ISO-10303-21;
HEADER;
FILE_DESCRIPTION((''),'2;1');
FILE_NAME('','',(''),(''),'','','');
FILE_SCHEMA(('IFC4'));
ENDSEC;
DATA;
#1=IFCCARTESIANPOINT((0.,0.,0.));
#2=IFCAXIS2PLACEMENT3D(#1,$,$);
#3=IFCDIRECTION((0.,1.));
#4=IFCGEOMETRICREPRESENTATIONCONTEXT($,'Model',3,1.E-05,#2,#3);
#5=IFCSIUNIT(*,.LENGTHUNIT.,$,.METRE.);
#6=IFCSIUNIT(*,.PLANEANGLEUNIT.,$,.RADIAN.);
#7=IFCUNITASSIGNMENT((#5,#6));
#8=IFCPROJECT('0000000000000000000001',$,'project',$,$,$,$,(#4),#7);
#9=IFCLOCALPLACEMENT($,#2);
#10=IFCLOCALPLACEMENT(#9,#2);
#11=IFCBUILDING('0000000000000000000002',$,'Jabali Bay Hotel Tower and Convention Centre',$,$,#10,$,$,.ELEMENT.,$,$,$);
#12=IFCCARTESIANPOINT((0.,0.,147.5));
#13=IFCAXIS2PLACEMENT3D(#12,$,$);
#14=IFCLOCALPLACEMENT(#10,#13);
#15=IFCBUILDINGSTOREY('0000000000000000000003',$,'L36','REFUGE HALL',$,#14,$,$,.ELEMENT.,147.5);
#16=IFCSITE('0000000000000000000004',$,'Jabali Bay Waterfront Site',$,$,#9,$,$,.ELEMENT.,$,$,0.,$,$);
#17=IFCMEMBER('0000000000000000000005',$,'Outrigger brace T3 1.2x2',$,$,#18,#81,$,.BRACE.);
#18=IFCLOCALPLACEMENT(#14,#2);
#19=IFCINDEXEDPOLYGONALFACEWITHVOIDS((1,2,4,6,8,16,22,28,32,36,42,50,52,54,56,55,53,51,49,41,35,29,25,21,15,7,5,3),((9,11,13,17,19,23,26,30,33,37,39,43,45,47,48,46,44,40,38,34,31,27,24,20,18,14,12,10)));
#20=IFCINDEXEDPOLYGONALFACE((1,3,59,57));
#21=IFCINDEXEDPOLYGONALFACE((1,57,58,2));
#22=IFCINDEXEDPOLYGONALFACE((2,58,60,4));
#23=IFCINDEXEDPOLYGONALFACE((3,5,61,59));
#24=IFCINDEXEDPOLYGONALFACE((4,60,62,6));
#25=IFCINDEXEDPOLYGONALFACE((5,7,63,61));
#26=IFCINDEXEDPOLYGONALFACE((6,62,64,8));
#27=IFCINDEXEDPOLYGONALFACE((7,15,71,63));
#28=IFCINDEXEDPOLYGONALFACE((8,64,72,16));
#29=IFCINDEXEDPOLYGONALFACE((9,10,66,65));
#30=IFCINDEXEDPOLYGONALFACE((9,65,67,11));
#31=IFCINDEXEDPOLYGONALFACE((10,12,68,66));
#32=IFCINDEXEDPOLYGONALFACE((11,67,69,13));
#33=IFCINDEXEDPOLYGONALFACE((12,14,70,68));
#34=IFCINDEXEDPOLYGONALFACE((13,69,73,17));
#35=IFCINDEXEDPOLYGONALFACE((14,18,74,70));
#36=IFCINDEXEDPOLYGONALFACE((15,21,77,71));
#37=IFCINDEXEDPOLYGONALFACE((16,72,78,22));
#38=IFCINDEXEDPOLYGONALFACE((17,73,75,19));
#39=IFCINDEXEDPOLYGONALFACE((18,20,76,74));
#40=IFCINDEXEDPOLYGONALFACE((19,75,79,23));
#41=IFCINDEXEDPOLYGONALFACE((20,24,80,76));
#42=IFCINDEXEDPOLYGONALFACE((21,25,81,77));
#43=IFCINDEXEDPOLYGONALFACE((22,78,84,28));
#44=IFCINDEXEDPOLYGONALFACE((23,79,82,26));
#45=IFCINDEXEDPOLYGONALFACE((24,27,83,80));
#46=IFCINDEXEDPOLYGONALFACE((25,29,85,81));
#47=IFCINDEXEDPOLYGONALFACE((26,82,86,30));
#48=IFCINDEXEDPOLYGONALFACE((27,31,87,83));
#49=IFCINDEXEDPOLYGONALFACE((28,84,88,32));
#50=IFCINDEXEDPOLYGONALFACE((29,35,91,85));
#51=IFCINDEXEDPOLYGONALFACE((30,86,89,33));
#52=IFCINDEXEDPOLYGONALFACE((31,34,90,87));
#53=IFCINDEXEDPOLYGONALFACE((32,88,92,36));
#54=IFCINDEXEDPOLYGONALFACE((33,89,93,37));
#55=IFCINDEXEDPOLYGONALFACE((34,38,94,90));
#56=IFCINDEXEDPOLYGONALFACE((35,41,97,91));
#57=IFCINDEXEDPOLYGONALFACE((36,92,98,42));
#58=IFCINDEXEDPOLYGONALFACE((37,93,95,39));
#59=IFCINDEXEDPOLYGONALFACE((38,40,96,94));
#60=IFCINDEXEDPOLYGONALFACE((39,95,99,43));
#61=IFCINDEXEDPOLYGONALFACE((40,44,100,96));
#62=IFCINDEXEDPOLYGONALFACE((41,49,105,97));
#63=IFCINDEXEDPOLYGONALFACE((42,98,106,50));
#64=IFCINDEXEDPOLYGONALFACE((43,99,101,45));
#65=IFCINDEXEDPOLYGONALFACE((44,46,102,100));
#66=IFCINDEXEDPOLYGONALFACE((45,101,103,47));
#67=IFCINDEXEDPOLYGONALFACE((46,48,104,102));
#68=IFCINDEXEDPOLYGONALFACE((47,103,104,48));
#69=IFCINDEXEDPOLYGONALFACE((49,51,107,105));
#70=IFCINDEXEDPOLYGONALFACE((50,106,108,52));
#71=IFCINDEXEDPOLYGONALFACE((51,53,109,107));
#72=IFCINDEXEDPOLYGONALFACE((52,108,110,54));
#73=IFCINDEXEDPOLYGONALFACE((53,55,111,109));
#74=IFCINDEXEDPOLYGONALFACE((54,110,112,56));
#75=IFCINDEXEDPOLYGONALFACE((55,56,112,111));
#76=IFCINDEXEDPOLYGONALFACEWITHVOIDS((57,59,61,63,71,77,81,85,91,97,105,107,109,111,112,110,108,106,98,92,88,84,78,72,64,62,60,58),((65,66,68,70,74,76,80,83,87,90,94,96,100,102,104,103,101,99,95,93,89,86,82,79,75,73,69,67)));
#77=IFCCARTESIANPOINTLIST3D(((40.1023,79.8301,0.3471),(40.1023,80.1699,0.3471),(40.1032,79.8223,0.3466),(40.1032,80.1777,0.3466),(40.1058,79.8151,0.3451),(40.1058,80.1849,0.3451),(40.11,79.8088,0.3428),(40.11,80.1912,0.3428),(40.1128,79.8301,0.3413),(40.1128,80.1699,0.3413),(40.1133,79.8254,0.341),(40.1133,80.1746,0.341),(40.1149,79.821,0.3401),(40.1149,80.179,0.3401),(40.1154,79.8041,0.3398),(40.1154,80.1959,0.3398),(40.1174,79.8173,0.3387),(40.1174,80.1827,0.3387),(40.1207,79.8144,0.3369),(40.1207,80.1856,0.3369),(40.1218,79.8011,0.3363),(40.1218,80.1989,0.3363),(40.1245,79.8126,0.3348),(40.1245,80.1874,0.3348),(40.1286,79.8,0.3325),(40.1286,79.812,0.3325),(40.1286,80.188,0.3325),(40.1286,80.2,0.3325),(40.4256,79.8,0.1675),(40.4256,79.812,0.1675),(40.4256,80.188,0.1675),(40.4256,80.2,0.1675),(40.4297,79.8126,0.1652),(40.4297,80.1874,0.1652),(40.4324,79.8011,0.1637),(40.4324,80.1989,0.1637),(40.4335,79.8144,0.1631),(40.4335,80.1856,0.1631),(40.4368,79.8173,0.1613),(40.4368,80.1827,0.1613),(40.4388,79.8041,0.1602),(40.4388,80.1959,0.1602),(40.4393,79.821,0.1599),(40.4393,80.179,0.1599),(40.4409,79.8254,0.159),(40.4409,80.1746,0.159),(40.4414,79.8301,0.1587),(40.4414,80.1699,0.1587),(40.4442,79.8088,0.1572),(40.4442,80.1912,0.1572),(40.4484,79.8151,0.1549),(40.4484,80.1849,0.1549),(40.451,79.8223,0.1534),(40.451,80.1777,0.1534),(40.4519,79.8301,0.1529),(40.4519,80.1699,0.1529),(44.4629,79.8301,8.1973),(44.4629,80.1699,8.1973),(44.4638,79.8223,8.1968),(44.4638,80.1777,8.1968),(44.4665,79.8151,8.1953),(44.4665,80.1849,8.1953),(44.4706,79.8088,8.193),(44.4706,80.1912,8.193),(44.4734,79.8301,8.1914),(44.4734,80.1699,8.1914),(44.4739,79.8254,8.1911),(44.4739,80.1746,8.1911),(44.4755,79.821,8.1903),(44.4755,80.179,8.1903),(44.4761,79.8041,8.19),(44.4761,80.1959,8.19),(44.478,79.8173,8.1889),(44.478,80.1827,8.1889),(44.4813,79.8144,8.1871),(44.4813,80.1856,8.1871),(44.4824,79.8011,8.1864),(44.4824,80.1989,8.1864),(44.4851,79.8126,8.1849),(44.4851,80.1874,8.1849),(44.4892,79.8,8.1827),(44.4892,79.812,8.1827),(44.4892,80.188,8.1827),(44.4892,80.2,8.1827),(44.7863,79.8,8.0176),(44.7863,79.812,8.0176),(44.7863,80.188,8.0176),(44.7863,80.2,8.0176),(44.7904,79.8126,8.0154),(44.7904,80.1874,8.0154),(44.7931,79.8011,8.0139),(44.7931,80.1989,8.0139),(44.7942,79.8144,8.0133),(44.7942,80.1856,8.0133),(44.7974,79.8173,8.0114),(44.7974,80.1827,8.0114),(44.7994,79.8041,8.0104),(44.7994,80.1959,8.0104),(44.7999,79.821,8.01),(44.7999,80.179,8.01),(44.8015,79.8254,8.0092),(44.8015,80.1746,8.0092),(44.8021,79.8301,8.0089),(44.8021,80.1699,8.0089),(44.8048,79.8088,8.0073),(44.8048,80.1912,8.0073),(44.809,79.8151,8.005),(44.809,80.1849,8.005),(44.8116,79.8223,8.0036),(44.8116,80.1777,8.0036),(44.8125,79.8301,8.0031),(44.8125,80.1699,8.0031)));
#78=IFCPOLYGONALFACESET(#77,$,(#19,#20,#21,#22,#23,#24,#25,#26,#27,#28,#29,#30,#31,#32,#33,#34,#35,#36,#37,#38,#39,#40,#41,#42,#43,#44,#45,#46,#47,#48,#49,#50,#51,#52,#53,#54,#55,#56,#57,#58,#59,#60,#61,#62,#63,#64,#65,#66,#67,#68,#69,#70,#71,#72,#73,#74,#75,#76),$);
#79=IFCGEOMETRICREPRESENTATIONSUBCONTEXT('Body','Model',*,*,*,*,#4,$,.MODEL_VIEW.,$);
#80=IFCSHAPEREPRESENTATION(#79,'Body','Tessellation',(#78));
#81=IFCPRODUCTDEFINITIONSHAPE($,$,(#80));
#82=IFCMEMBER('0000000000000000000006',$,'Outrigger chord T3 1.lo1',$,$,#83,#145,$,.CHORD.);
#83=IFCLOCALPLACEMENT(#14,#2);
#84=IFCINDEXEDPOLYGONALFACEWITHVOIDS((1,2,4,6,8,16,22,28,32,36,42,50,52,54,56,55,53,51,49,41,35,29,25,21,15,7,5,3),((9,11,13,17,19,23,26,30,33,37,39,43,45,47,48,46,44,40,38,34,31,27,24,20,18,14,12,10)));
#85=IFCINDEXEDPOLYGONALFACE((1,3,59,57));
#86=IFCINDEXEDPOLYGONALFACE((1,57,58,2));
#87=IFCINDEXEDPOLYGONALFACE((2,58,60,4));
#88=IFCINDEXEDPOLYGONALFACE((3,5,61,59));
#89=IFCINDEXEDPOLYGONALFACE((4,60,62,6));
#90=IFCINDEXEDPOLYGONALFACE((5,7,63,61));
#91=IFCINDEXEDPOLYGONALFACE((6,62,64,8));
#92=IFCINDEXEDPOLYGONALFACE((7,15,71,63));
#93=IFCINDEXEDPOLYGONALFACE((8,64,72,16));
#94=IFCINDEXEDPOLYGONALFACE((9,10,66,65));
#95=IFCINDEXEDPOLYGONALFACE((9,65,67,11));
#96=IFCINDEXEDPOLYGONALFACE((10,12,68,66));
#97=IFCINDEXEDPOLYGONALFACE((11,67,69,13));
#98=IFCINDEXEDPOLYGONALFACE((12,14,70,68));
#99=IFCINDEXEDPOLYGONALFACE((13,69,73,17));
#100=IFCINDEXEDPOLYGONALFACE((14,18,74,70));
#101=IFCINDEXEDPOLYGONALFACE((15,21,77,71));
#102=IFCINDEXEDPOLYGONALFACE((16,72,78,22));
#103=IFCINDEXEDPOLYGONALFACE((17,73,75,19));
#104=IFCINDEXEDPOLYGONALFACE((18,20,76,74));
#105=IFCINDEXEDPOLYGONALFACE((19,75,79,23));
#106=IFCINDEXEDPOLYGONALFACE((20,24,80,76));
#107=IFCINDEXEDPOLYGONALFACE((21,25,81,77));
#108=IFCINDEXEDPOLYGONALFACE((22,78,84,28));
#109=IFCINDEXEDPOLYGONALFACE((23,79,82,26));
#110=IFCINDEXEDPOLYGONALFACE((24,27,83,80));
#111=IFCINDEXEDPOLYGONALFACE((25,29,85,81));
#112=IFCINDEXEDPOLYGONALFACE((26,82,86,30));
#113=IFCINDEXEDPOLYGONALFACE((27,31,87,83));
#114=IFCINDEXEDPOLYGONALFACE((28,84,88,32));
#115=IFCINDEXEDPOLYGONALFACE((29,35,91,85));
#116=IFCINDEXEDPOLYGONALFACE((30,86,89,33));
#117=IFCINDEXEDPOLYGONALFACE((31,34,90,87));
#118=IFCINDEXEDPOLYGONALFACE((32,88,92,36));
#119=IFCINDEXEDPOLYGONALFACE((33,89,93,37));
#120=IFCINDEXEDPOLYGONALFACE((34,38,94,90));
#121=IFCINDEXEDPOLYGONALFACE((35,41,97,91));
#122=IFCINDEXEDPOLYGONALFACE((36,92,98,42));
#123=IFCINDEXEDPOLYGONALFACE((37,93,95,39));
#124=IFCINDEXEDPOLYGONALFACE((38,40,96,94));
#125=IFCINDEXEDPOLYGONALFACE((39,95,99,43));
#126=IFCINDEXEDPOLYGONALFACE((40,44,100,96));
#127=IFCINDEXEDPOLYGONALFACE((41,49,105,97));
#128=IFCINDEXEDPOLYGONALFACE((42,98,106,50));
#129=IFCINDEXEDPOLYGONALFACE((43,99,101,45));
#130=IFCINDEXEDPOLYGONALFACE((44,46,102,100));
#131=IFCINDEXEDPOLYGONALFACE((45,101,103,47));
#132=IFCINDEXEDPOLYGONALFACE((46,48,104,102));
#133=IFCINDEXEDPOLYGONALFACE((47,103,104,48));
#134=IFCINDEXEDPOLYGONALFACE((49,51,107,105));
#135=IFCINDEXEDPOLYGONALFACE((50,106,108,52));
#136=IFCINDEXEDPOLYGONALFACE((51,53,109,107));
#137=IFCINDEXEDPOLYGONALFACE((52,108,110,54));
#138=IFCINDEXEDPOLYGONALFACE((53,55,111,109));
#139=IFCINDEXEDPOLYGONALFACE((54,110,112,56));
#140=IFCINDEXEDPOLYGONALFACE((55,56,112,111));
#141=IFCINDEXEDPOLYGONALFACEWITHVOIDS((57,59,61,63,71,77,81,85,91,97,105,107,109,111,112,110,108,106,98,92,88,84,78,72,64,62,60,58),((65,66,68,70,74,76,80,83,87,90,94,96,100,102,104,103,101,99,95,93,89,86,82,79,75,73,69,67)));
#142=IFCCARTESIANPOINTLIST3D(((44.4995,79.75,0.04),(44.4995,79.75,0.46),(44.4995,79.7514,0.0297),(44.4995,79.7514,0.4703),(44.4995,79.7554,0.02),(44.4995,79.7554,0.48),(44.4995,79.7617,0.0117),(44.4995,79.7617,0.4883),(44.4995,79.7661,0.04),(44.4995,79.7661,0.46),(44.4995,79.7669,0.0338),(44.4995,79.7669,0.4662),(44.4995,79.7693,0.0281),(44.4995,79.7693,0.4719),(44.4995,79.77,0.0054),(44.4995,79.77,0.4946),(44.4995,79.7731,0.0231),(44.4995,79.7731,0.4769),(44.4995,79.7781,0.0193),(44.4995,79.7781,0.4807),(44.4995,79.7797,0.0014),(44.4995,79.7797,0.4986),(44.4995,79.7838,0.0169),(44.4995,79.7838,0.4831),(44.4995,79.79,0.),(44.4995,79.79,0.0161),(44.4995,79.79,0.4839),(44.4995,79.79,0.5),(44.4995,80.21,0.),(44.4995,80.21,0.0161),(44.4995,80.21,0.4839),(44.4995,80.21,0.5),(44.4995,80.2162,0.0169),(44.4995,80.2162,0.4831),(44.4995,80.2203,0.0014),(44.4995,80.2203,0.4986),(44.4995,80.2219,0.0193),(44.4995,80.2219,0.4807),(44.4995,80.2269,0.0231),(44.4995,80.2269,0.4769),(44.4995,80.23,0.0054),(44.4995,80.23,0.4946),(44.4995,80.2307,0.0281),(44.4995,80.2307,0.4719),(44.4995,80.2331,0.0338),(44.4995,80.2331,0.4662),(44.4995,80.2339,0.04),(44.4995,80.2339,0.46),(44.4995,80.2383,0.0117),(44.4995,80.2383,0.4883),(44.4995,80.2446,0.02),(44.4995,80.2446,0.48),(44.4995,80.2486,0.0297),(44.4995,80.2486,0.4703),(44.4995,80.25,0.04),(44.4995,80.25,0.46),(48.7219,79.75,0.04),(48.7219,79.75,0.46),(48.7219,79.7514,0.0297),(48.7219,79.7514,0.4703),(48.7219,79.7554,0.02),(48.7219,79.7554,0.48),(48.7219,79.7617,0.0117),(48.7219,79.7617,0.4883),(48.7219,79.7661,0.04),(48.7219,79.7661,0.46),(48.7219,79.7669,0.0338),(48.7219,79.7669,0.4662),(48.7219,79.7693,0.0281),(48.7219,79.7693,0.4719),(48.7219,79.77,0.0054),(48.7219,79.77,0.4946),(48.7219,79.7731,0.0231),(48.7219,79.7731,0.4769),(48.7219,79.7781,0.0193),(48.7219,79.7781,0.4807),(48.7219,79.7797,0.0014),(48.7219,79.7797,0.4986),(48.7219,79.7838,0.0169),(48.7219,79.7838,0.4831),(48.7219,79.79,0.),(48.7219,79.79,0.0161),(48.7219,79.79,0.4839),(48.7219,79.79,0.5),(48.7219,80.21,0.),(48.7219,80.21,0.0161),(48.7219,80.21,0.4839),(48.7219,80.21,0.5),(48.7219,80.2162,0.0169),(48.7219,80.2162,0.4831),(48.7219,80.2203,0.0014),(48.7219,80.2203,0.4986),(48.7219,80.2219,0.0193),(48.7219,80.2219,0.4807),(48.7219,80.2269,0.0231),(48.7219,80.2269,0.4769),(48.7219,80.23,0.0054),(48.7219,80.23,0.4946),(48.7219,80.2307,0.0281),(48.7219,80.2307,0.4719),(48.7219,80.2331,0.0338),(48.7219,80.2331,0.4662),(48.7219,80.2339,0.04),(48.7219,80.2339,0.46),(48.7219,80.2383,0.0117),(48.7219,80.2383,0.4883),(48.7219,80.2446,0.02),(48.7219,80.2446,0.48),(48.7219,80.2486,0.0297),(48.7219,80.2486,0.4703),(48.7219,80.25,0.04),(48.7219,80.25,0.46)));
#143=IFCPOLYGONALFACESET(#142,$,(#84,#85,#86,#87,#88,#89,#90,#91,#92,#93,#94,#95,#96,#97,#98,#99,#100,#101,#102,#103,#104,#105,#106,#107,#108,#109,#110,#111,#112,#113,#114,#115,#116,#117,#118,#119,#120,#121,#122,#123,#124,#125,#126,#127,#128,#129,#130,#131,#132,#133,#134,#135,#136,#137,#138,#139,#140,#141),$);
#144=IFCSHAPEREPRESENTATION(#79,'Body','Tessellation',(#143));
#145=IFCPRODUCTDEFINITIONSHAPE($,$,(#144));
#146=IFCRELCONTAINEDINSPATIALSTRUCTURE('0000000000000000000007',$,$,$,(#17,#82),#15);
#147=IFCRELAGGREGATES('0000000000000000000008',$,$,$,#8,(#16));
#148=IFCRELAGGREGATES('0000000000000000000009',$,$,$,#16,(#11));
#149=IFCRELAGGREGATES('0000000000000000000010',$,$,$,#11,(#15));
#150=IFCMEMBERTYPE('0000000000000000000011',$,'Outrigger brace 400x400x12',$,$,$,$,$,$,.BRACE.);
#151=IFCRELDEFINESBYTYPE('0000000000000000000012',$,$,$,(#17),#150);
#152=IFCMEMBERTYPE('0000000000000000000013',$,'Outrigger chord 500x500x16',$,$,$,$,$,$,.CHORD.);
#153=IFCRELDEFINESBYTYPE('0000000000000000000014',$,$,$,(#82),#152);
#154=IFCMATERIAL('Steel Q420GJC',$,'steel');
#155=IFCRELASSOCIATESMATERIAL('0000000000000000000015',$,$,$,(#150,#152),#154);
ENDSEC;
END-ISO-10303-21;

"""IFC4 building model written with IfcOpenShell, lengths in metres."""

from ifc_helpers import new_model, si_unit, direction, frame, origin, origin_2d, place, context, subcontext, project, spatial, hollow_rectangle, extrude, material, material_profile, profile_set, type_object, element, save


model = new_model("IFC4")

# Units and contexts
model_context = context("Model", 3, precision=1e-05, world=origin(), true_north=direction((0.0, 1.0)))
body_context = subcontext(model_context, "Body", "Model", "MODEL_VIEW")
ifc_project = project(units=[si_unit("LENGTHUNIT", "METRE"), si_unit("PLANEANGLEUNIT", "RADIAN")], contexts=[model_context])

# Site, building, storey
site_placement = place(None, origin())
site = spatial("IfcSite", under=ifc_project, at=site_placement, Name="Jabali Bay Waterfront Site", CompositionType="ELEMENT", RefElevation=0.0)
building_placement = place(site_placement, origin())
building = spatial("IfcBuilding", under=site, at=building_placement, Name="Jabali Bay Hotel Tower and Convention Centre", CompositionType="ELEMENT")
storey_placement = place(building_placement, frame((0.0, 0.0, 147.5)))
storey = spatial("IfcBuildingStorey", under=building, at=storey_placement, Name="L36", Description="REFUGE HALL", CompositionType="ELEMENT", Elevation=147.5)

# Members
ifc_material_1 = material(Name="Steel Q420GJC", Category="steel")
ifc_material_profile_1 = material_profile(ifc_material_1, hollow_rectangle(XDim=0.3999, YDim=0.3999, WallThickness=0.012, InnerFilletRadius=0.0181, OuterFilletRadius=0.03, at=origin_2d()), Name="Outrigger brace 400x400x12")
ifc_profile_set_1 = profile_set([ifc_material_profile_1], Name="Steel Q420GJC")
member_type_1 = type_object("IfcMemberType", Name="Outrigger brace 400x400x12", PredefinedType="BRACE", material=ifc_profile_set_1)
member_1_placement = place(storey_placement, frame((40.2771, 80.0, 0.25), z_axis=(0.485594, 0.0, 0.874184), x_axis=(0.0, 1.0, 0.0)))
element("IfcMember", 1, at=member_1_placement, inside=storey, type_object=member_type_1, Name="Outrigger brace T3 1.2x2", PredefinedType="BRACE", context=body_context, shape_type="SweptSolid", body=[
    extrude(hollow_rectangle(XDim=0.3999, YDim=0.3999, WallThickness=0.012, InnerFilletRadius=0.0181, OuterFilletRadius=0.03, at=origin_2d()), origin(), (0.0, 0.0, 1.0), 8.98),
])
ifc_material_profile_2 = material_profile(ifc_material_1, hollow_rectangle(XDim=0.5, YDim=0.5, WallThickness=0.0161, InnerFilletRadius=0.0239, OuterFilletRadius=0.04, at=origin_2d()), Name="Outrigger chord 500x500x16")
ifc_profile_set_2 = profile_set([ifc_material_profile_2], Name="Steel Q420GJC")
member_type_2 = type_object("IfcMemberType", Name="Outrigger chord 500x500x16", PredefinedType="CHORD", material=ifc_profile_set_2)
for number, where, z_axis, x_axis, name in (
    (2, (48.7219, 80.0, 0.25), (-1.0, 0.0, 0.0), (0.0, -1.0, 0.0), "Outrigger chord T3 1.lo1"),
):
    element("IfcMember", number, at=place(storey_placement, frame(where, z_axis=z_axis, x_axis=x_axis)), inside=storey, type_object=member_type_2, Name=name, PredefinedType="CHORD", context=body_context, shape_type="SweptSolid", body=[
        extrude(hollow_rectangle(XDim=0.5, YDim=0.5, WallThickness=0.0161, InnerFilletRadius=0.0239, OuterFilletRadius=0.04, at=origin_2d()), origin(), (0.0, 0.0, 1.0), 4.2224),
    ])

save(model, "model.ifc")
